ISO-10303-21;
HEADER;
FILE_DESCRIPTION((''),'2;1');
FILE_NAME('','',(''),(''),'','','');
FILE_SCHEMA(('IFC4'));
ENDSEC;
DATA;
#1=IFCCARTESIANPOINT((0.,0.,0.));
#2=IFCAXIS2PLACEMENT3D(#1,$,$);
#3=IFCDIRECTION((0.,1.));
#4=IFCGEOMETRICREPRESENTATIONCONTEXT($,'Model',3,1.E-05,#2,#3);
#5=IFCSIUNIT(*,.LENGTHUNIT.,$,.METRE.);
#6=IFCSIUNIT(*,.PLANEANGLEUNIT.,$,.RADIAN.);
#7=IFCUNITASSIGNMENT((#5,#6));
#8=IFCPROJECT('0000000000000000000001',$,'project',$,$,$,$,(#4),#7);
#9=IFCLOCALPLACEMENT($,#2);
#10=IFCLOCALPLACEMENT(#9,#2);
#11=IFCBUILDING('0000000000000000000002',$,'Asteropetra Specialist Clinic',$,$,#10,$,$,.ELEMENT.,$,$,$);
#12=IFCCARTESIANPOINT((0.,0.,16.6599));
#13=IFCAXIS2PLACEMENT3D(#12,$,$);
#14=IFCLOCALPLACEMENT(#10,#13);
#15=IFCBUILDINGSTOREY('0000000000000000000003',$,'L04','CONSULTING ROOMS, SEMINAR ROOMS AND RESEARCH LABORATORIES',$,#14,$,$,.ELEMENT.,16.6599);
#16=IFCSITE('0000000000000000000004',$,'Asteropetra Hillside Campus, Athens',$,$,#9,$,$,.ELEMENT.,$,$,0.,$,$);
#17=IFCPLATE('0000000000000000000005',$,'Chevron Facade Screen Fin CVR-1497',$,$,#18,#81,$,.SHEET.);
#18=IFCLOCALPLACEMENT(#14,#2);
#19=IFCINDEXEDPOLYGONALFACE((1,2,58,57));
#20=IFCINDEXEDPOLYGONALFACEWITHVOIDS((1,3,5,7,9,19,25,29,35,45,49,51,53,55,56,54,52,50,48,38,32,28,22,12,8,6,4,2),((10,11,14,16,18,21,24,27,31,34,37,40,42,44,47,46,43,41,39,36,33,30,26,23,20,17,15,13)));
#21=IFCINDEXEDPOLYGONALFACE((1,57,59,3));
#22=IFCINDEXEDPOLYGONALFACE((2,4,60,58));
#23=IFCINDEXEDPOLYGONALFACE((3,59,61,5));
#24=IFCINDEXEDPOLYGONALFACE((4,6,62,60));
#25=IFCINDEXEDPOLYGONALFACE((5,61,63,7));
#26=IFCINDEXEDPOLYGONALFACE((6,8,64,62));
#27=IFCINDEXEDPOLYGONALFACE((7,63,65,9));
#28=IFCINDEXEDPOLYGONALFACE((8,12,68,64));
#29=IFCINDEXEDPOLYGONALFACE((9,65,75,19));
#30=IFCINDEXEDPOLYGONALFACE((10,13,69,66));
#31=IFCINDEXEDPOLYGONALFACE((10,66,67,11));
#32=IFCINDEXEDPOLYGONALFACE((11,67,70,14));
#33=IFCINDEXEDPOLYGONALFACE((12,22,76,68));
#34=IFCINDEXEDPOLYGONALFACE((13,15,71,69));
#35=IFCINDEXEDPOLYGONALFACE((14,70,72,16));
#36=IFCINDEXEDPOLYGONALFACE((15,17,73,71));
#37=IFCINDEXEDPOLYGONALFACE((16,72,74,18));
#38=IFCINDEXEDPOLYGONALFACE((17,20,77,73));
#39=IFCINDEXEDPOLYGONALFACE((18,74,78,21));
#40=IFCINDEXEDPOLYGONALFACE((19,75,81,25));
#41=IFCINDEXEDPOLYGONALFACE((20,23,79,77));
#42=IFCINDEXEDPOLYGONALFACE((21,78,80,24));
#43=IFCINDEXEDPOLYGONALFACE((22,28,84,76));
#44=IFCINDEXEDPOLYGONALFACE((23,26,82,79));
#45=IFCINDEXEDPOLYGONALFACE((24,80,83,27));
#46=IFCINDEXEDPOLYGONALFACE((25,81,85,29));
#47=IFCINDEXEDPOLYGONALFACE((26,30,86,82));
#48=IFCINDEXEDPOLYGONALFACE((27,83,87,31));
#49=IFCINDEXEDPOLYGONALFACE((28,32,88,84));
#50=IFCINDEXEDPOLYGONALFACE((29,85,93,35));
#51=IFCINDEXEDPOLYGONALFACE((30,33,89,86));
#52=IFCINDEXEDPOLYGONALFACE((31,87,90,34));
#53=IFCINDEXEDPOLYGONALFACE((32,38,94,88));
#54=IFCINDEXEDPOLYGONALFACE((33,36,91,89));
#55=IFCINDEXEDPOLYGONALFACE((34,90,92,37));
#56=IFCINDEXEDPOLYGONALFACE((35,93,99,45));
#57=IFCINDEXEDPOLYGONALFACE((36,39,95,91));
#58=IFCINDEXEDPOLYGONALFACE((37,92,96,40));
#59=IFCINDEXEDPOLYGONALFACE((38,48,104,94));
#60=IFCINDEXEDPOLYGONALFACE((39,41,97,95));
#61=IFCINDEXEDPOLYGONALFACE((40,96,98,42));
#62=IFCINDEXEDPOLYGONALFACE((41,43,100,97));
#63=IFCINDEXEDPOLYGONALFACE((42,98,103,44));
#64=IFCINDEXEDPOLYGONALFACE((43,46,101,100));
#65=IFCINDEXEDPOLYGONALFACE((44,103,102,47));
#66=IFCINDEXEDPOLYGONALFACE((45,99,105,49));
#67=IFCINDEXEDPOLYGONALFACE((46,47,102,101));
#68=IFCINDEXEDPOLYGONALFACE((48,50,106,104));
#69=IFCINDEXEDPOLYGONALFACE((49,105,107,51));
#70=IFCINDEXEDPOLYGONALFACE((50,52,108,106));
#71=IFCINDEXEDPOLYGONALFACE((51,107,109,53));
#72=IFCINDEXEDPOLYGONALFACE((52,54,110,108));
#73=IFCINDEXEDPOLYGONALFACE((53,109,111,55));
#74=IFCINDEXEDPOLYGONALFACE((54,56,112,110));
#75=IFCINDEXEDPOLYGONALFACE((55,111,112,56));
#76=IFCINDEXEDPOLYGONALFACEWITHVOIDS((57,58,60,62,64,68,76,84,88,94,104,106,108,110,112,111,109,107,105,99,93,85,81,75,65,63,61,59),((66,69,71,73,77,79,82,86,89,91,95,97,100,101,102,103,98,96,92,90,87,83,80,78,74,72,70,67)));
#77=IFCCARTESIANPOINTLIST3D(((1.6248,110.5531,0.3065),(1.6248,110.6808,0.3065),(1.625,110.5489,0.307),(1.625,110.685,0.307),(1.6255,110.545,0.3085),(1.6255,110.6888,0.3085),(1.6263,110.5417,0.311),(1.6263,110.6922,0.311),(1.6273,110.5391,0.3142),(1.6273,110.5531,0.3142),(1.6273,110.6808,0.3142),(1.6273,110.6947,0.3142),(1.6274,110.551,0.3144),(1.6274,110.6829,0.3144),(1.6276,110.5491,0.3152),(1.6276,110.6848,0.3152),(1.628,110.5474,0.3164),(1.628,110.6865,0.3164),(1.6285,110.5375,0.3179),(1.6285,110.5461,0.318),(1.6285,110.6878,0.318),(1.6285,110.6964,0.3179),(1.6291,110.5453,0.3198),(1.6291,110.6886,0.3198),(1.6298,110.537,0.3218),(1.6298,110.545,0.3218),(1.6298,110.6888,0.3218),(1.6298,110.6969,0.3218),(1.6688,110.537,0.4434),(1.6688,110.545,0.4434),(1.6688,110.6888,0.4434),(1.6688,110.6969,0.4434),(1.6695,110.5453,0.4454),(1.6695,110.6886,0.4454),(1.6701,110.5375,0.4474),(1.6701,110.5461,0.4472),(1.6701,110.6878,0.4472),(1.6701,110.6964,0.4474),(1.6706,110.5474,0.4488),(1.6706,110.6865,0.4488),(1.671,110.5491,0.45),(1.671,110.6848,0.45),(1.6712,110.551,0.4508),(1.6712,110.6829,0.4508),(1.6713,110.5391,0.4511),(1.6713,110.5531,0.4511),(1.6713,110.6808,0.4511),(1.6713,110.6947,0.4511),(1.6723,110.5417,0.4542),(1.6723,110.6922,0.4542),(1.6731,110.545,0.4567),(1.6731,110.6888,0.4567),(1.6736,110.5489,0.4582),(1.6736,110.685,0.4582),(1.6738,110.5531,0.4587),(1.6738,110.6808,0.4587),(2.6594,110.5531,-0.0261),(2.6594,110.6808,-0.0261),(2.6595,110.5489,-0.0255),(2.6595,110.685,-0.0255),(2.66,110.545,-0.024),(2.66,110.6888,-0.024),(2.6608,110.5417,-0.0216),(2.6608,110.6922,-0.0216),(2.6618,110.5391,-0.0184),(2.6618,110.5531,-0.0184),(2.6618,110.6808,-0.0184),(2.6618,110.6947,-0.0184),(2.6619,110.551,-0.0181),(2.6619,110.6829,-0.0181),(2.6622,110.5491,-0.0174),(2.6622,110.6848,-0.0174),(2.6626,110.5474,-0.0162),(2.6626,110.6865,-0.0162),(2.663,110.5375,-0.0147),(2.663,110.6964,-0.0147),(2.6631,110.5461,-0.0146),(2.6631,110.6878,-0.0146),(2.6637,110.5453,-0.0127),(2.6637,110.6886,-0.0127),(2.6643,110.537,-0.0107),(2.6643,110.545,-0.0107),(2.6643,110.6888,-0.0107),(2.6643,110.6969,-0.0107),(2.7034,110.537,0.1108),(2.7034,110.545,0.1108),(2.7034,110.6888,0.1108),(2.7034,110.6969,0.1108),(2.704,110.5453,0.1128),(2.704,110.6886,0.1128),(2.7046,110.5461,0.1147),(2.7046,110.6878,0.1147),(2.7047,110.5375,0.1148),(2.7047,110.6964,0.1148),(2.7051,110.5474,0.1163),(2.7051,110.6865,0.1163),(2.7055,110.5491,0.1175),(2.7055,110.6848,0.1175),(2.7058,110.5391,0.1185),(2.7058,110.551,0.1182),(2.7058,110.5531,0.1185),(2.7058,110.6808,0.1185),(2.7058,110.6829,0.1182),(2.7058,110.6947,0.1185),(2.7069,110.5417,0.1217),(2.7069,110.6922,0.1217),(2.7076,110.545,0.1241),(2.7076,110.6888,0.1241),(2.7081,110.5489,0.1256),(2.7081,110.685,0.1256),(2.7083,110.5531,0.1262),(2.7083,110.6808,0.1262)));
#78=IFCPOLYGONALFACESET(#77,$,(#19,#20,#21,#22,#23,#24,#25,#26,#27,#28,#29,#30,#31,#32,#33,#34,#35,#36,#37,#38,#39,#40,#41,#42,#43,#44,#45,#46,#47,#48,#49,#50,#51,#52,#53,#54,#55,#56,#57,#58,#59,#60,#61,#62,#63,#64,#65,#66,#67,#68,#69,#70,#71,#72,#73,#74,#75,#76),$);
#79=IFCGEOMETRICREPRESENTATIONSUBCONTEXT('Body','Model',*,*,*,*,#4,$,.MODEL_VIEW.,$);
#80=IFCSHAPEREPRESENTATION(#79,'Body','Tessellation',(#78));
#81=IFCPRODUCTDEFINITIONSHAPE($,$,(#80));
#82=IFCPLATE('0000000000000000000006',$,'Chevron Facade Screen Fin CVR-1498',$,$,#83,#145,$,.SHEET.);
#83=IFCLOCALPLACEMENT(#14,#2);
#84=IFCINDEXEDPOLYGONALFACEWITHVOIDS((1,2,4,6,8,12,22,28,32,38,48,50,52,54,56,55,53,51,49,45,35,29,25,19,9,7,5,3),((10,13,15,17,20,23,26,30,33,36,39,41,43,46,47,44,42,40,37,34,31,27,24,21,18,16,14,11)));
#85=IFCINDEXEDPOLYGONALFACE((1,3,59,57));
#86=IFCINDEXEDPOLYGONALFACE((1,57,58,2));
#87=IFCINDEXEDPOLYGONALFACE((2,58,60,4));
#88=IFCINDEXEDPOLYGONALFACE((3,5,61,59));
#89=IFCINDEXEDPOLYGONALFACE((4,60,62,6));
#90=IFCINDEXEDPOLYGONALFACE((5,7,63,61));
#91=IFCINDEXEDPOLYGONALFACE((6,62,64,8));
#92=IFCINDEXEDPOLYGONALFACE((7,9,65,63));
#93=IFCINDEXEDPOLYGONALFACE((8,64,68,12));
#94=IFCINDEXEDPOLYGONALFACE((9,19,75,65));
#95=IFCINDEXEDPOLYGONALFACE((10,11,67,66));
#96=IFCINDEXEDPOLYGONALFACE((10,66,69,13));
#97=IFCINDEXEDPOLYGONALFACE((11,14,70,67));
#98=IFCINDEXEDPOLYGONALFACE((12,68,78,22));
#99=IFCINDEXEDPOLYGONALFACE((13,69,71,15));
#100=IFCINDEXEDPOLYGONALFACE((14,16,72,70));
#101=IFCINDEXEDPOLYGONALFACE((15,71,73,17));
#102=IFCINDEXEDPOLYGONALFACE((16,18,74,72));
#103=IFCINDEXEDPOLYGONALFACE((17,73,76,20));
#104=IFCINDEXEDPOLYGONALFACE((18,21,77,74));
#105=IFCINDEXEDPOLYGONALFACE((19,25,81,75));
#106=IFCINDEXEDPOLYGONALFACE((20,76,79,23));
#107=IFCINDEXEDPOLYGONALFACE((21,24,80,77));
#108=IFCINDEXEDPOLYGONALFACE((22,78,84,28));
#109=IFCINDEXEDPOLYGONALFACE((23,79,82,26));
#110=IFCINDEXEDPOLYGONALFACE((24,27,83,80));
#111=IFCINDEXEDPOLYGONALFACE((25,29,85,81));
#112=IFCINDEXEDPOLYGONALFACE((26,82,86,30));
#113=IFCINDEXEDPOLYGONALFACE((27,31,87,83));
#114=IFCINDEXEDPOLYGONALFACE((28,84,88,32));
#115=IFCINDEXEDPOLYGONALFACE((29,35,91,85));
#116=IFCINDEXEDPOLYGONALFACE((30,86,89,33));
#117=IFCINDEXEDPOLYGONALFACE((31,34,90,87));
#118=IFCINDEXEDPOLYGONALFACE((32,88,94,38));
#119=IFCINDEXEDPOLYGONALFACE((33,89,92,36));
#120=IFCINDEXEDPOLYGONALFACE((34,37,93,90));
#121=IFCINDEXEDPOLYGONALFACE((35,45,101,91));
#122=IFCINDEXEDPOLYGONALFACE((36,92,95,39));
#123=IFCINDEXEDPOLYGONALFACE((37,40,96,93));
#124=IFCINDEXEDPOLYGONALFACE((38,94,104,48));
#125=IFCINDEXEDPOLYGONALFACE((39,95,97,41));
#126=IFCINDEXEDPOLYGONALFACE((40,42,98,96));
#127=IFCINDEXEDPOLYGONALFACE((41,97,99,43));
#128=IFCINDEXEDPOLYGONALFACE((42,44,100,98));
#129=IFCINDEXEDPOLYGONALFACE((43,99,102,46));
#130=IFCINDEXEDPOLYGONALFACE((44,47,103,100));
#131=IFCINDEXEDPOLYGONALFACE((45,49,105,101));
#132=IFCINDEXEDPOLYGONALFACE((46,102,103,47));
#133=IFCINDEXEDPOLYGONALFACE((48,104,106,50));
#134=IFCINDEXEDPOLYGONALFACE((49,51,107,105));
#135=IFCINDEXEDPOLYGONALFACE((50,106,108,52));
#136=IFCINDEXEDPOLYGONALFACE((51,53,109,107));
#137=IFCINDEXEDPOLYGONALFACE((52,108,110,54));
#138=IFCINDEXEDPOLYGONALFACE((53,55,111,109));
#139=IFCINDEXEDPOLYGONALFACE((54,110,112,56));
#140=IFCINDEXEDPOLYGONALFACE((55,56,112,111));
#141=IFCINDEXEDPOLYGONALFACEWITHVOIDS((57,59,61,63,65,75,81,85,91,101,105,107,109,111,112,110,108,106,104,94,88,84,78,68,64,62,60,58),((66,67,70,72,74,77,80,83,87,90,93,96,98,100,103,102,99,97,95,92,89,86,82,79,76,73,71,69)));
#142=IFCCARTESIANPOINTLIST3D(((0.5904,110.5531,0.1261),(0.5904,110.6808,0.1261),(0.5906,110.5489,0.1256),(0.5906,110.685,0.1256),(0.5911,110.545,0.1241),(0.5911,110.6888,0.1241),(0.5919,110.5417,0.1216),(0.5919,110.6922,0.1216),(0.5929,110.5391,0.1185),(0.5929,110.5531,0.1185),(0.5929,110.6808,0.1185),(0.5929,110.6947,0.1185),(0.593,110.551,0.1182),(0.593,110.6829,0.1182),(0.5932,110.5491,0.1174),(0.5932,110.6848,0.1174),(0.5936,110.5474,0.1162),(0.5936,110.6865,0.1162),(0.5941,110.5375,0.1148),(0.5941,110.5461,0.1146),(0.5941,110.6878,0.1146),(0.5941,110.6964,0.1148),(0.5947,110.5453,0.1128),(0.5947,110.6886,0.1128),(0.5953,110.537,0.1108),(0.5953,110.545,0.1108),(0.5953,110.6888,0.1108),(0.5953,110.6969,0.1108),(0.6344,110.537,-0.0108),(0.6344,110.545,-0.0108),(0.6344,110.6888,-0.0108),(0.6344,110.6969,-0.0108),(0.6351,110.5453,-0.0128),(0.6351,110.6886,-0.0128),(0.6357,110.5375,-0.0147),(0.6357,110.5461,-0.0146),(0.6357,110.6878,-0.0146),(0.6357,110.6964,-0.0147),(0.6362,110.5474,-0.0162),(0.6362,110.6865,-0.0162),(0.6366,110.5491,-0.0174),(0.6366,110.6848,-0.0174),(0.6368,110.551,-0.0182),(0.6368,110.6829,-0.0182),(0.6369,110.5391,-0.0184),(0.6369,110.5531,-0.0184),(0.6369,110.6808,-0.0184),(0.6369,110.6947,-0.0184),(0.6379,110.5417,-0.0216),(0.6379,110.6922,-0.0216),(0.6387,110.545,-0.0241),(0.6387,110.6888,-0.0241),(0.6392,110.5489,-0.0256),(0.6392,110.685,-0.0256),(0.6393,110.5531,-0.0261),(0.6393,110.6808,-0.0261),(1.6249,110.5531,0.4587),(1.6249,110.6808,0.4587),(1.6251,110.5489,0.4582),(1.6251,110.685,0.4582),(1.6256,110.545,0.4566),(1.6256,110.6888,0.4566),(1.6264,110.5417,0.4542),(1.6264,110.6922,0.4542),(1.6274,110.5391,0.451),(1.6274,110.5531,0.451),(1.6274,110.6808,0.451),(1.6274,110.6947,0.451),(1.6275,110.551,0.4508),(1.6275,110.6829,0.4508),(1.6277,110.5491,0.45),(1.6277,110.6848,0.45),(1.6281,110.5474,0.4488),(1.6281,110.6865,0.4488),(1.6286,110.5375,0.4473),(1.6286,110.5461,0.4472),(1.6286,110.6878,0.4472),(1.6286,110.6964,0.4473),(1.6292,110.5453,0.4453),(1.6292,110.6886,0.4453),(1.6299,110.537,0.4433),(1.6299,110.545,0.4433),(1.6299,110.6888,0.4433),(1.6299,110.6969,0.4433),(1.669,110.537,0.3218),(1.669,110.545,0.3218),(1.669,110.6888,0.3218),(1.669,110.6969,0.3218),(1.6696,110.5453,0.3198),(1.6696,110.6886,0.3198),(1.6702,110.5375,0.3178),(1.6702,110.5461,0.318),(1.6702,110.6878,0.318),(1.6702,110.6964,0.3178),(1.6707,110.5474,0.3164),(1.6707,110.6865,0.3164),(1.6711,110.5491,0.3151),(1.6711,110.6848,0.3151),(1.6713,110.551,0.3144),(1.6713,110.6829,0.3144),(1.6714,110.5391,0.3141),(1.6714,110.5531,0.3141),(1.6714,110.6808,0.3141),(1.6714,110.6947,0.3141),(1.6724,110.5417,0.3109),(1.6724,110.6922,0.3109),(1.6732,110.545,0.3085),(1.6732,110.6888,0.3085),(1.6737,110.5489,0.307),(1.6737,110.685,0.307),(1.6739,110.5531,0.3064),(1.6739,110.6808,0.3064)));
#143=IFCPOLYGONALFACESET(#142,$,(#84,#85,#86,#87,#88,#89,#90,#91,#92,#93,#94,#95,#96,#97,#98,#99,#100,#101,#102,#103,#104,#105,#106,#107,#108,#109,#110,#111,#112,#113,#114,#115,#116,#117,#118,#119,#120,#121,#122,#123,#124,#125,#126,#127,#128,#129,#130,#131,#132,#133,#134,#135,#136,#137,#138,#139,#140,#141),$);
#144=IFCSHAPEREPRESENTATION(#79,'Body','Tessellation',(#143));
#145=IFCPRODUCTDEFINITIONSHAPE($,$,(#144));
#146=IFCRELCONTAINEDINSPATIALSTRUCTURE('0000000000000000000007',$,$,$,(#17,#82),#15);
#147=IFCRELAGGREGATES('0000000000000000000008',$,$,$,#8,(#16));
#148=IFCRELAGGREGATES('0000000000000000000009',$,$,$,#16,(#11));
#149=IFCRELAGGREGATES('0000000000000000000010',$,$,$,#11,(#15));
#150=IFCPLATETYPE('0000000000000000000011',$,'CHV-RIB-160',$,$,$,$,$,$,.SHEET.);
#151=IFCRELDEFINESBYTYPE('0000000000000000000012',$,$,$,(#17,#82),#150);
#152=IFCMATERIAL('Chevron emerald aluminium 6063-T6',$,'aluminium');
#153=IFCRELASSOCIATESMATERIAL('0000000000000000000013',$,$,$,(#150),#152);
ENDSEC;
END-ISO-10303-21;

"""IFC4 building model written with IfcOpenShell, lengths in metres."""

from ifc_helpers import new_model, si_unit, direction, frame, origin, origin_2d, place, context, subcontext, project, spatial, hollow_rectangle, extrude, material, material_profile, profile_set, type_object, element, save


model = new_model("IFC4")

# Units and contexts
model_context = context("Model", 3, precision=1e-05, world=origin(), true_north=direction((0.0, 1.0)))
body_context = subcontext(model_context, "Body", "Model", "MODEL_VIEW")
ifc_project = project(units=[si_unit("LENGTHUNIT", "METRE"), si_unit("PLANEANGLEUNIT", "RADIAN")], contexts=[model_context])

# Site, building, storey
site_placement = place(None, origin())
site = spatial("IfcSite", under=ifc_project, at=site_placement, Name="Asteropetra Hillside Campus, Athens", CompositionType="ELEMENT", RefElevation=0.0)
building_placement = place(site_placement, origin())
building = spatial("IfcBuilding", under=site, at=building_placement, Name="Asteropetra Specialist Clinic", CompositionType="ELEMENT")
storey_placement = place(building_placement, frame((0.0, 0.0, 16.6599)))
storey = spatial("IfcBuildingStorey", under=building, at=storey_placement, Name="L04", Description="CONSULTING ROOMS, SEMINAR ROOMS AND RESEARCH LABORATORIES", CompositionType="ELEMENT", Elevation=16.6599)

# Plates
ifc_material_1 = material(Name="Chevron emerald aluminium 6063-T6", Category="aluminium")
ifc_material_profile_1 = material_profile(ifc_material_1, hollow_rectangle(XDim=0.1599, YDim=0.1599, WallThickness=0.0081, InnerFilletRadius=0.0081, OuterFilletRadius=0.0161, at=origin_2d()), Name="SHS 160x160x8.0")
ifc_profile_set_1 = profile_set([ifc_material_profile_1], Name="Chevron emerald aluminium 6063-T6")
plate_type_1 = type_object("IfcPlateType", Name="CHV-RIB-160", PredefinedType="SHEET", material=ifc_profile_set_1)
for number, where, z_axis, x_axis, name in (
    (1, (2.6838, 110.6169, 0.05), (-0.952022, 0.0, 0.306031), (0.0, -1.0, 0.0), "Chevron Facade Screen Fin CVR-1497"),
    (2, (1.6494, 110.6169, 0.3826), (-0.952022, 0.0, -0.306031), (0.0, -1.0, 0.0), "Chevron Facade Screen Fin CVR-1498"),
):
    element("IfcPlate", number, at=place(storey_placement, frame(where, z_axis=z_axis, x_axis=x_axis)), inside=storey, type_object=plate_type_1, Name=name, PredefinedType="SHEET", context=body_context, shape_type="SweptSolid", body=[
        extrude(hollow_rectangle(XDim=0.1599, YDim=0.1599, WallThickness=0.0081, InnerFilletRadius=0.0081, OuterFilletRadius=0.0161, at=origin_2d()), origin(), (0.0, 0.0, 1.0), 1.0867),
    ])

save(model, "model.ifc")
